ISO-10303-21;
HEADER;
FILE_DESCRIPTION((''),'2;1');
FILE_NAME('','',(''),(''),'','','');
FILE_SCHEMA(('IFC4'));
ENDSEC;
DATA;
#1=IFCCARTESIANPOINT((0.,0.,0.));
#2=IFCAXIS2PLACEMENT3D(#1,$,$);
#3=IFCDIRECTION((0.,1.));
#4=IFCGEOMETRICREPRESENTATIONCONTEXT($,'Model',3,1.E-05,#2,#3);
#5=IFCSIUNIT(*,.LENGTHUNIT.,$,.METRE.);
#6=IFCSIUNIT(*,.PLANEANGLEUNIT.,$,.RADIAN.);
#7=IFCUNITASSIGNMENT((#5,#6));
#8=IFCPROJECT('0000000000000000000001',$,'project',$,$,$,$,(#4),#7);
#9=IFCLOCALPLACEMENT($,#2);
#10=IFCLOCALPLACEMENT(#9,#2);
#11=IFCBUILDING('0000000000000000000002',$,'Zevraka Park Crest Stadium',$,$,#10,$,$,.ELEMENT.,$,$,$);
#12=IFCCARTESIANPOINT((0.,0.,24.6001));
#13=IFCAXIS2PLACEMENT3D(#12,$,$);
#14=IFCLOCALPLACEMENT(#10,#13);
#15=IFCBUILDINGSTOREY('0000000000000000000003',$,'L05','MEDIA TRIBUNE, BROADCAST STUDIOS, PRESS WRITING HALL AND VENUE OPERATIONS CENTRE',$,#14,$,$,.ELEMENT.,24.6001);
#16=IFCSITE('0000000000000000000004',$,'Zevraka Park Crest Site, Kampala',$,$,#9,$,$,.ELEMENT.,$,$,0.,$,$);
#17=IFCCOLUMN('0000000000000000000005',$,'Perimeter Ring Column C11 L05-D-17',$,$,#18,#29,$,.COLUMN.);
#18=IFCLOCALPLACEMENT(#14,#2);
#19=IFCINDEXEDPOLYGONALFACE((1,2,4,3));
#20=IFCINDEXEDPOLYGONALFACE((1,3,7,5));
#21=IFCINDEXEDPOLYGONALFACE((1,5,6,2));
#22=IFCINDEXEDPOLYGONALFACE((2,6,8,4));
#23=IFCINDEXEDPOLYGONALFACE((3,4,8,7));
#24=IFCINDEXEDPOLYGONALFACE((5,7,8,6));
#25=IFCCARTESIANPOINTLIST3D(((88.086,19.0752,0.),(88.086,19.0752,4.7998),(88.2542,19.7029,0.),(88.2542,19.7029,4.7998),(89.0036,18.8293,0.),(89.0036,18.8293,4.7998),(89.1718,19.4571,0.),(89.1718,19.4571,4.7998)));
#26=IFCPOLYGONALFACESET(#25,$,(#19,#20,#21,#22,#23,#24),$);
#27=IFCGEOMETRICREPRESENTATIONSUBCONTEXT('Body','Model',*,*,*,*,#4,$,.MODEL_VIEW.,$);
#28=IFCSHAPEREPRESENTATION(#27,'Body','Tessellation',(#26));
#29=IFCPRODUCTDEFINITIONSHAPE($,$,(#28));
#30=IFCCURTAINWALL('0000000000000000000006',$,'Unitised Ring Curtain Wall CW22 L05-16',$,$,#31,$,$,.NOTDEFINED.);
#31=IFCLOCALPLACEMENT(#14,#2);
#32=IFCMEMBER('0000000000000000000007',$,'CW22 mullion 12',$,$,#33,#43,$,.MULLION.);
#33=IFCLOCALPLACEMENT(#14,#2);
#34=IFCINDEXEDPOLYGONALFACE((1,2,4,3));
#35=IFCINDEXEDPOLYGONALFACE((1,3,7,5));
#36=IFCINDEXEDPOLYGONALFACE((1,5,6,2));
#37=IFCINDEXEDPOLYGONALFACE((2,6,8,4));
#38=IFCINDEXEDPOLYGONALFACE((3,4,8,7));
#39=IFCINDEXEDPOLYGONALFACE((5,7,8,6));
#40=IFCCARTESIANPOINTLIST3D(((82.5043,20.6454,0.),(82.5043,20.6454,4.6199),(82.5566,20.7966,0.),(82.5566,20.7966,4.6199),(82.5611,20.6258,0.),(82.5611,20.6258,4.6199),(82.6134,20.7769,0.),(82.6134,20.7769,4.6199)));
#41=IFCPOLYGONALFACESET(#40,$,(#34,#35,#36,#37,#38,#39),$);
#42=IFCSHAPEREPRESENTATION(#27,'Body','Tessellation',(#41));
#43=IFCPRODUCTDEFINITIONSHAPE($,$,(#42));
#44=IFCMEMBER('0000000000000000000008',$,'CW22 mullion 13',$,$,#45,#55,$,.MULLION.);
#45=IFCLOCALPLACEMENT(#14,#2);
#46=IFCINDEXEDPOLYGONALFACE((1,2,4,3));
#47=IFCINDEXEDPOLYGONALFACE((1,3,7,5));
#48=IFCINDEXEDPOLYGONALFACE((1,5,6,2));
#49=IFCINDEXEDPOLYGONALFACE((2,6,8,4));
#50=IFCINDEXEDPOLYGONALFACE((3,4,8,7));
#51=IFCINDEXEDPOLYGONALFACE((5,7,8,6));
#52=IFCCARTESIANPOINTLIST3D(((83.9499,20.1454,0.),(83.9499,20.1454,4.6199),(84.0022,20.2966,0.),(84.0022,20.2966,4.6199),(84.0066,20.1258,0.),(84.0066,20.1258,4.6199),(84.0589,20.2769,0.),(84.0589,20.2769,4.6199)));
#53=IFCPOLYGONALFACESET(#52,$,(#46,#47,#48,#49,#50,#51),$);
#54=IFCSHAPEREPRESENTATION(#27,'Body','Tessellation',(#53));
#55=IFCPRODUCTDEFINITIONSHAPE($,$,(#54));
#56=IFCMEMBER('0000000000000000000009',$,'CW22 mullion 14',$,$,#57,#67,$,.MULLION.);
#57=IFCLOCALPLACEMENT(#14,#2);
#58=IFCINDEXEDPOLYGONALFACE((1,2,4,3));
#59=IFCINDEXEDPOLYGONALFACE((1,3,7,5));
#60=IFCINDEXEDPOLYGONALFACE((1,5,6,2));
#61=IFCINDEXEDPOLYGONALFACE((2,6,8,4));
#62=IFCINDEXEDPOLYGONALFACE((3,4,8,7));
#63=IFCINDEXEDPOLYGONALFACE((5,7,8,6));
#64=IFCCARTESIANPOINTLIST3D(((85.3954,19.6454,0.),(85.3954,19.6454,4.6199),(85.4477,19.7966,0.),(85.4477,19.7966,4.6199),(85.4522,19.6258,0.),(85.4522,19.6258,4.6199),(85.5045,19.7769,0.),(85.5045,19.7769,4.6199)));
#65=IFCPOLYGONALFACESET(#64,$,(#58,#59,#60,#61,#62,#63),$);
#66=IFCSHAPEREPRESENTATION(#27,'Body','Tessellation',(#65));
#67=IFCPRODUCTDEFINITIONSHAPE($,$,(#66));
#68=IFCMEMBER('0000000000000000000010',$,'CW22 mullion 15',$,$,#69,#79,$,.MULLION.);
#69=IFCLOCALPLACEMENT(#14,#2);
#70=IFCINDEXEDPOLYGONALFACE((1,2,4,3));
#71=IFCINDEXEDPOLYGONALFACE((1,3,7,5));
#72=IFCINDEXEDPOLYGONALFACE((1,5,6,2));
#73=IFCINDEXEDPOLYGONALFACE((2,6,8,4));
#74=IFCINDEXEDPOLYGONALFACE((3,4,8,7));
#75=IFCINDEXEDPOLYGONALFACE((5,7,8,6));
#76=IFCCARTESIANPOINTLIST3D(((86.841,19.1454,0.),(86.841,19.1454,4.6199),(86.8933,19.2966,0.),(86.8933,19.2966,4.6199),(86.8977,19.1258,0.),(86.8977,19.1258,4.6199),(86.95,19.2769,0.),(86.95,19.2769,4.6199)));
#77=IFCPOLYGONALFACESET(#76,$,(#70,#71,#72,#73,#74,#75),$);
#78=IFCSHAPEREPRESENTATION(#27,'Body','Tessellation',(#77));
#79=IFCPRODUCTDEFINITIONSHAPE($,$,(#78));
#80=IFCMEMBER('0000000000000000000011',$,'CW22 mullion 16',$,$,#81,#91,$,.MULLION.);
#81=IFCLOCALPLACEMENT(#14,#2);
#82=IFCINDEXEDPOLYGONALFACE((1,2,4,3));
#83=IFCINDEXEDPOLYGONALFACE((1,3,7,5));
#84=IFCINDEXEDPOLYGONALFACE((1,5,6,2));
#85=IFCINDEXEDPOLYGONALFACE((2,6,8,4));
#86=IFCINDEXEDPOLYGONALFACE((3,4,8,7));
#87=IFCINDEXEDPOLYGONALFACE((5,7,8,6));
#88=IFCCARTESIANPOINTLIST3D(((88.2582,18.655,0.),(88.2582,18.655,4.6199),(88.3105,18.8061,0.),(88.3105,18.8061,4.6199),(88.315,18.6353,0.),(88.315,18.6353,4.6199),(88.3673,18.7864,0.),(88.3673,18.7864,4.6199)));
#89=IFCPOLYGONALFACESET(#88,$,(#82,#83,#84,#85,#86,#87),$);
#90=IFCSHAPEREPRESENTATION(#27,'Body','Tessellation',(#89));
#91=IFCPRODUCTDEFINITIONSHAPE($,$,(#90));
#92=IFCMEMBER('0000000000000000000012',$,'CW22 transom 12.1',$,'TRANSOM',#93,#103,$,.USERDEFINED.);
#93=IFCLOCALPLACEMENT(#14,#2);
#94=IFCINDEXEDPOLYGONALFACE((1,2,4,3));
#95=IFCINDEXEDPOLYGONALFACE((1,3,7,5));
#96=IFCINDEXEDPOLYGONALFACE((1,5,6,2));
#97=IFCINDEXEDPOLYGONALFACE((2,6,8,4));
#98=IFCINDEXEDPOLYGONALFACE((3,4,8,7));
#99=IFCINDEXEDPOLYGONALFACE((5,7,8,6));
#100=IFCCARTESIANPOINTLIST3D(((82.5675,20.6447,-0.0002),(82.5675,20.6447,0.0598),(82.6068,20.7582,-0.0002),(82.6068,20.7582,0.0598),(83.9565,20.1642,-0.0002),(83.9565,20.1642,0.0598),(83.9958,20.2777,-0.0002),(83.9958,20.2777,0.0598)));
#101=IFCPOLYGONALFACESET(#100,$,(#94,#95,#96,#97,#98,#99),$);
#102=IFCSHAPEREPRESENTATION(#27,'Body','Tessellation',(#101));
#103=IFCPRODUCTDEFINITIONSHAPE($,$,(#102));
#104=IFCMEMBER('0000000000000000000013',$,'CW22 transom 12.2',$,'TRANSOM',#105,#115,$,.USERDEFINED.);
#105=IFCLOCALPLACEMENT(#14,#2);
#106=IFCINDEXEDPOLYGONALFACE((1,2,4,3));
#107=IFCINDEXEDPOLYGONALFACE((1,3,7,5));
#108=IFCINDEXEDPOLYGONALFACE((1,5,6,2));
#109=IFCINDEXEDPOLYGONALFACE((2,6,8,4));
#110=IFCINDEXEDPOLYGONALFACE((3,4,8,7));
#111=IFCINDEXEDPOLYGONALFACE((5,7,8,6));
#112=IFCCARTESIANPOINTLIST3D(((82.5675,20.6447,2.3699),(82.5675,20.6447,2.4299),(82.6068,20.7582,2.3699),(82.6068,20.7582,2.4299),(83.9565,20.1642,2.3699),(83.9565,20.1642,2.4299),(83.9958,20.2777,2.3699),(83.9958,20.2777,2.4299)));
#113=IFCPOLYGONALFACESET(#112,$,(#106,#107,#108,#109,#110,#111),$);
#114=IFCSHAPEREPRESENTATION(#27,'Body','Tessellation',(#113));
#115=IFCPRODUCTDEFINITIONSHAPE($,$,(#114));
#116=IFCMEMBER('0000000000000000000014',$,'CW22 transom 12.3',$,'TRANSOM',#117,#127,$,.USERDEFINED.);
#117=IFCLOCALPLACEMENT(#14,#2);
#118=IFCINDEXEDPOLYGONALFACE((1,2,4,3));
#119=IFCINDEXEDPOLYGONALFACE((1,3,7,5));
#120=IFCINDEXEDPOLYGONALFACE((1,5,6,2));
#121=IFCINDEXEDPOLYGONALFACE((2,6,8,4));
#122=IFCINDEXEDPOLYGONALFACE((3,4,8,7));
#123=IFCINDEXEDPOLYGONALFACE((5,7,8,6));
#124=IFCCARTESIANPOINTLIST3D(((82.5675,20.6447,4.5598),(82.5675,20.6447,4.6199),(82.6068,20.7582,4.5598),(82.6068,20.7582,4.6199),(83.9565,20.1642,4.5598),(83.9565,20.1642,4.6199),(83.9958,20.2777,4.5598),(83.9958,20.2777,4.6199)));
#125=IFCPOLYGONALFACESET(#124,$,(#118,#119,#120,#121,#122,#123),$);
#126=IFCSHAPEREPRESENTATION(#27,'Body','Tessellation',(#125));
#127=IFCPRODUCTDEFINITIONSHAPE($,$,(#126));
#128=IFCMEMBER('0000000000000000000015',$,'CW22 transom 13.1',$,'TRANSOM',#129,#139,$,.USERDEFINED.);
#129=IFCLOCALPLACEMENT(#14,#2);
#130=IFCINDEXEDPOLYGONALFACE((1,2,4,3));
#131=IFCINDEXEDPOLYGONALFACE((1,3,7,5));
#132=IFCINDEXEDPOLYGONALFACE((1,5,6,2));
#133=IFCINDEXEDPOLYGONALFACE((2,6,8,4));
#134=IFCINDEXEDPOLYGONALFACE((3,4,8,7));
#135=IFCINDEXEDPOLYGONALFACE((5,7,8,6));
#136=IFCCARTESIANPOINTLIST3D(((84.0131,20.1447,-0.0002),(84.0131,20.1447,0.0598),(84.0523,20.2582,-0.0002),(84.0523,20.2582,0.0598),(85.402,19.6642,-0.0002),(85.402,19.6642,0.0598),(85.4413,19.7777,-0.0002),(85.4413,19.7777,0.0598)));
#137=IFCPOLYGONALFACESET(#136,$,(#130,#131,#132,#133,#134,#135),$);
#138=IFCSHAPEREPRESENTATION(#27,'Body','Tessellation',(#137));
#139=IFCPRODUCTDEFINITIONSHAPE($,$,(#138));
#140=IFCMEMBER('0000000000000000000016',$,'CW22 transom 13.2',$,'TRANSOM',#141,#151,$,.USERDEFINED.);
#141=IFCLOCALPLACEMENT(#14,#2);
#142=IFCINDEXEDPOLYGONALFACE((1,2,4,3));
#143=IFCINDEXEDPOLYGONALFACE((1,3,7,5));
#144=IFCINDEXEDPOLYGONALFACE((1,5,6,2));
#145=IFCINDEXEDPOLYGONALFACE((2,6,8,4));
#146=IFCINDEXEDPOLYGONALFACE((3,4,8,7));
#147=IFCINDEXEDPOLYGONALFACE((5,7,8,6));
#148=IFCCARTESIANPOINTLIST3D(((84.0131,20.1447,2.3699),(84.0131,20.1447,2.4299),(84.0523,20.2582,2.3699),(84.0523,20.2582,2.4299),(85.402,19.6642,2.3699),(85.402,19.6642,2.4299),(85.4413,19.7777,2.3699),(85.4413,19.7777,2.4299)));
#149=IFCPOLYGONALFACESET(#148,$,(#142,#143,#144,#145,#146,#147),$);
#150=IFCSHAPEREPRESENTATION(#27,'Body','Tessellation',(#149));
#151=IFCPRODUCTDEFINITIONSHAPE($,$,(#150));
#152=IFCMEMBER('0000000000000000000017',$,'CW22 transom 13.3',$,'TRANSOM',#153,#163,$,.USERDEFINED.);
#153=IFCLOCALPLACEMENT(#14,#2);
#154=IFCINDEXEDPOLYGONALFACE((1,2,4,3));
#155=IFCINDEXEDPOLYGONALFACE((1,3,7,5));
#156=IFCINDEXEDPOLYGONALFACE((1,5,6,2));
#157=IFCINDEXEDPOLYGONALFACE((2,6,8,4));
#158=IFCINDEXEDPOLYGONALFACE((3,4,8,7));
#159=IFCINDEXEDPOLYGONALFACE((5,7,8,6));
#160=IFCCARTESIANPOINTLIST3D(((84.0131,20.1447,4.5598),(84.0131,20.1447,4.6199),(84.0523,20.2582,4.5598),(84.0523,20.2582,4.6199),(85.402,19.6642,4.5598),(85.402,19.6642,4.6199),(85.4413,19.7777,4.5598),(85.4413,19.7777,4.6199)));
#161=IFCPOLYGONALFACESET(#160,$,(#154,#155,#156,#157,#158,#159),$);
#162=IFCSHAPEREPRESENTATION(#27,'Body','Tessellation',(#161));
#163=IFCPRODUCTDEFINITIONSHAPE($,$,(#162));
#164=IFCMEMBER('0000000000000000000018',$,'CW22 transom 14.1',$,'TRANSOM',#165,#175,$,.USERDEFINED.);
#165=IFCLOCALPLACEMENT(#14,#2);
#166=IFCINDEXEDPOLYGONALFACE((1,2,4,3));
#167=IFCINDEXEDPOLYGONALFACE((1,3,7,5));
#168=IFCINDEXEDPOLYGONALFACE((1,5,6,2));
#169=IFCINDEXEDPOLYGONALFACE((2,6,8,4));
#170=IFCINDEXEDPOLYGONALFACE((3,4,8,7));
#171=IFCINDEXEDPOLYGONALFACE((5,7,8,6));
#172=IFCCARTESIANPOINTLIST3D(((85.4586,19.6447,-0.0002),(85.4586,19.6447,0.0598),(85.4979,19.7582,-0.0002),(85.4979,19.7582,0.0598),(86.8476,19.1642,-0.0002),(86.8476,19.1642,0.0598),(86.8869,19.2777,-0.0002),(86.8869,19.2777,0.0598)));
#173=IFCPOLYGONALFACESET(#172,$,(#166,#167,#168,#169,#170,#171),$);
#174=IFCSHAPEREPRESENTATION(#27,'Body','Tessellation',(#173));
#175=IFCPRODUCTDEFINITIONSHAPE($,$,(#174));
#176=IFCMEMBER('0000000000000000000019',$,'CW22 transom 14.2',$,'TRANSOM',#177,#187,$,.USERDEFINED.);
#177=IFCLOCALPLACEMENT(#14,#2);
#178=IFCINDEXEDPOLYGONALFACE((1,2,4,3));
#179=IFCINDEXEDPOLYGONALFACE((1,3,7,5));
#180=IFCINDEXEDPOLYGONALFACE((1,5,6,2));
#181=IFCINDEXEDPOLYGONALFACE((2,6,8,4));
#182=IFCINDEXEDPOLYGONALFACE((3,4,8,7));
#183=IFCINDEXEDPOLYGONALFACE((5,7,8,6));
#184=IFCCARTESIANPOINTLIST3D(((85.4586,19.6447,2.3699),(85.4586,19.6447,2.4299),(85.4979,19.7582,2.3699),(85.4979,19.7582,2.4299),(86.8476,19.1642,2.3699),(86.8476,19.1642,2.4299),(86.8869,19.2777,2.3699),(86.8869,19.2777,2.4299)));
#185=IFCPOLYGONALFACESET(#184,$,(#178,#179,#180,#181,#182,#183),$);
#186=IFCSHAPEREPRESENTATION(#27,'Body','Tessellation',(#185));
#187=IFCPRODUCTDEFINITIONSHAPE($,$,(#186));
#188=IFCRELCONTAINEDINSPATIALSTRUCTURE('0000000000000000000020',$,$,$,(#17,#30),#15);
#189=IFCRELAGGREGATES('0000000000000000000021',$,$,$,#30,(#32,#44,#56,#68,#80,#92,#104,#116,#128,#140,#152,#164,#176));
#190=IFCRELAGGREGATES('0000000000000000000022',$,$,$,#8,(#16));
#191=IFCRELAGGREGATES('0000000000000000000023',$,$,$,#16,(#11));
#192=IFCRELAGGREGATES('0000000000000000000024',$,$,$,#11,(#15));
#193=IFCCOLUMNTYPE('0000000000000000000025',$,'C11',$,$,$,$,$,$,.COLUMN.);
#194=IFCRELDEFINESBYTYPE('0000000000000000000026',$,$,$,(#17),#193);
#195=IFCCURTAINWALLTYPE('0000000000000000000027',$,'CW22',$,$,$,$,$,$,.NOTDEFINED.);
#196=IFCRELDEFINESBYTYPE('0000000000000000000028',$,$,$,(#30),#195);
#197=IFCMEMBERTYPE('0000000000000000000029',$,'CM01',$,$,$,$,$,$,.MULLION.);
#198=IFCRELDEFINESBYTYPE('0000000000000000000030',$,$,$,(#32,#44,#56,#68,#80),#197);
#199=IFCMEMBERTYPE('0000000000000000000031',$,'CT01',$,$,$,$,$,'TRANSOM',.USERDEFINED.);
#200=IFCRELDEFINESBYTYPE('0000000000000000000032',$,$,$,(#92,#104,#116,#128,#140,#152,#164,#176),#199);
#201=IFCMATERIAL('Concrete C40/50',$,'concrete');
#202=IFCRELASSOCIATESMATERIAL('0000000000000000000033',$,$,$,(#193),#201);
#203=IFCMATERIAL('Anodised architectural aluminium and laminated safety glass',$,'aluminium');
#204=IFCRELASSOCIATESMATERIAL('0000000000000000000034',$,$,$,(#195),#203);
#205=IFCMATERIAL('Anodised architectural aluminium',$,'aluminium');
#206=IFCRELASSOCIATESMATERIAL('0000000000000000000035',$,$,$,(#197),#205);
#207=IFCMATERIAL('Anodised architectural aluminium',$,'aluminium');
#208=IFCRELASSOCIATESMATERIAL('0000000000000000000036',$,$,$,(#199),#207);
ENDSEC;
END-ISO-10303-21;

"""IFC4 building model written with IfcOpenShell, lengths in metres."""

from ifc_helpers import new_model, si_unit, direction, frame, origin, origin_2d, place, context, subcontext, project, spatial, rectangle, extrude, material, material_profile, profile_set, type_object, element, aggregate, save


model = new_model("IFC4")

# Units and contexts
model_context = context("Model", 3, precision=1e-05, world=origin(), true_north=direction((0.0, 1.0)))
body_context = subcontext(model_context, "Body", "Model", "MODEL_VIEW")
ifc_project = project(units=[si_unit("LENGTHUNIT", "METRE"), si_unit("PLANEANGLEUNIT", "RADIAN")], contexts=[model_context])

# Site, building, storey
site_placement = place(None, origin())
site = spatial("IfcSite", under=ifc_project, at=site_placement, Name="Zevraka Park Crest Site, Kampala", CompositionType="ELEMENT", RefElevation=0.0)
building_placement = place(site_placement, origin())
building = spatial("IfcBuilding", under=site, at=building_placement, Name="Zevraka Park Crest Stadium", CompositionType="ELEMENT")
storey_placement = place(building_placement, frame((0.0, 0.0, 24.6001)))
storey = spatial("IfcBuildingStorey", under=building, at=storey_placement, Name="L05", Description="MEDIA TRIBUNE, BROADCAST STUDIOS, PRESS WRITING HALL AND VENUE OPERATIONS CENTRE", CompositionType="ELEMENT", Elevation=24.6001)

# Column
ifc_material_1 = material(Name="Concrete C40/50", Category="concrete")
ifc_material_profile_1 = material_profile(ifc_material_1, rectangle(XDim=0.6499, YDim=0.95, at=origin_2d()), Name="RC 950x650")
ifc_profile_set_1 = profile_set([ifc_material_profile_1], Name="Concrete C40/50")
column_type = type_object("IfcColumnType", Name="C11", PredefinedType="COLUMN", material=ifc_profile_set_1)
column_placement = place(storey_placement, frame((88.6289, 19.2661, 0.0), z_axis=(0.0, 0.0, 1.0), x_axis=(0.258819, 0.965926, 0.0)))
element("IfcColumn", 1, at=column_placement, inside=storey, type_object=column_type, Name="Perimeter Ring Column C11 L05-D-17", PredefinedType="COLUMN", context=body_context, shape_type="SweptSolid", body=[
    extrude(rectangle(XDim=0.6499, YDim=0.95, at=origin_2d()), origin(), (0.0, 0.0, 1.0), 4.7998),
])

# Curtain wall, members
ifc_material_2 = material(Name="Anodised architectural aluminium and laminated safety glass", Category="aluminium")
curtain_wall_type = type_object("IfcCurtainWallType", Name="CW22", PredefinedType="NOTDEFINED", material=ifc_material_2)
curtain_wall_placement = place(storey_placement, origin())
curtain_wall = element("IfcCurtainWall", 2, at=curtain_wall_placement, inside=storey, type_object=curtain_wall_type, Name="Unitised Ring Curtain Wall CW22 L05-16", PredefinedType="NOTDEFINED")
ifc_material_3 = material(Name="Anodised architectural aluminium", Category="aluminium")
ifc_material_profile_2 = material_profile(ifc_material_3, rectangle(XDim=0.1599, YDim=0.0601, at=origin_2d()), Name="ALU MULLION 160x60")
ifc_profile_set_2 = profile_set([ifc_material_profile_2], Name="Anodised architectural aluminium")
member_type_1 = type_object("IfcMemberType", Name="CM01", PredefinedType="MULLION", material=ifc_profile_set_2)
member_1_placement = place(storey_placement, frame((82.5588, 20.7112, 0.0), z_axis=(0.0, 0.0, 1.0), x_axis=(0.326929, 0.945049, 0.0)))
member_1 = element("IfcMember", 3, at=member_1_placement, type_object=member_type_1, Name="CW22 mullion 12", PredefinedType="MULLION", context=body_context, shape_type="SweptSolid", body=[
    extrude(rectangle(XDim=0.1599, YDim=0.0601, at=origin_2d()), origin(), (0.0, 0.0, 1.0), 4.6199),
])
member_2_placement = place(storey_placement, frame((84.0044, 20.2112, 0.0), z_axis=(0.0, 0.0, 1.0), x_axis=(0.326929, 0.945049, 0.0)))
member_2 = element("IfcMember", 4, at=member_2_placement, type_object=member_type_1, Name="CW22 mullion 13", PredefinedType="MULLION", context=body_context, shape_type="SweptSolid", body=[
    extrude(rectangle(XDim=0.1599, YDim=0.0601, at=origin_2d()), origin(), (0.0, 0.0, 1.0), 4.6199),
])
member_3_placement = place(storey_placement, frame((85.45, 19.7112, 0.0), z_axis=(0.0, 0.0, 1.0), x_axis=(0.326929, 0.945049, 0.0)))
member_3 = element("IfcMember", 5, at=member_3_placement, type_object=member_type_1, Name="CW22 mullion 14", PredefinedType="MULLION", context=body_context, shape_type="SweptSolid", body=[
    extrude(rectangle(XDim=0.1599, YDim=0.0601, at=origin_2d()), origin(), (0.0, 0.0, 1.0), 4.6199),
])
member_4_placement = place(storey_placement, frame((86.8955, 19.2112, 0.0), z_axis=(0.0, 0.0, 1.0), x_axis=(0.326929, 0.945049, 0.0)))
member_4 = element("IfcMember", 6, at=member_4_placement, type_object=member_type_1, Name="CW22 mullion 15", PredefinedType="MULLION", context=body_context, shape_type="SweptSolid", body=[
    extrude(rectangle(XDim=0.1599, YDim=0.0601, at=origin_2d()), origin(), (0.0, 0.0, 1.0), 4.6199),
])
member_5_placement = place(storey_placement, frame((88.3127, 18.7207, 0.0), z_axis=(0.0, 0.0, 1.0), x_axis=(0.326929, 0.945049, 0.0)))
member_5 = element("IfcMember", 7, at=member_5_placement, type_object=member_type_1, Name="CW22 mullion 16", PredefinedType="MULLION", context=body_context, shape_type="SweptSolid", body=[
    extrude(rectangle(XDim=0.1599, YDim=0.0601, at=origin_2d()), origin(), (0.0, 0.0, 1.0), 4.6199),
])
ifc_material_4 = material(Name="Anodised architectural aluminium", Category="aluminium")
ifc_material_profile_3 = material_profile(ifc_material_4, rectangle(XDim=0.1201, YDim=0.0601, at=origin_2d()), Name="ALU TRANSOM 120x60")
ifc_profile_set_3 = profile_set([ifc_material_profile_3], Name="Anodised architectural aluminium")
member_type_2 = type_object("IfcMemberType", Name="CT01", ElementType="TRANSOM", PredefinedType="USERDEFINED", material=ifc_profile_set_3)
member_6_placement = place(storey_placement, frame((82.5872, 20.7014, 0.0298), z_axis=(0.945051, -0.326922, 0.0), x_axis=(0.326922, 0.945051, 0.0)))
member_6 = element("IfcMember", 8, at=member_6_placement, type_object=member_type_2, Name="CW22 transom 12.1", ObjectType="TRANSOM", PredefinedType="USERDEFINED", context=body_context, shape_type="SweptSolid", body=[
    extrude(rectangle(XDim=0.1201, YDim=0.0601, at=origin_2d()), origin(), (0.0, 0.0, 1.0), 1.4697),
])
member_7_placement = place(storey_placement, frame((82.5872, 20.7014, 2.3999), z_axis=(0.945051, -0.326922, 0.0), x_axis=(0.326922, 0.945051, 0.0)))
member_7 = element("IfcMember", 9, at=member_7_placement, type_object=member_type_2, Name="CW22 transom 12.2", ObjectType="TRANSOM", PredefinedType="USERDEFINED", context=body_context, shape_type="SweptSolid", body=[
    extrude(rectangle(XDim=0.1201, YDim=0.0601, at=origin_2d()), origin(), (0.0, 0.0, 1.0), 1.4697),
])
member_8_placement = place(storey_placement, frame((82.5872, 20.7014, 4.5898), z_axis=(0.945051, -0.326922, 0.0), x_axis=(0.326922, 0.945051, 0.0)))
member_8 = element("IfcMember", 10, at=member_8_placement, type_object=member_type_2, Name="CW22 transom 12.3", ObjectType="TRANSOM", PredefinedType="USERDEFINED", context=body_context, shape_type="SweptSolid", body=[
    extrude(rectangle(XDim=0.1201, YDim=0.0601, at=origin_2d()), origin(), (0.0, 0.0, 1.0), 1.4697),
])
member_9_placement = place(storey_placement, frame((84.0327, 20.2014, 0.0298), z_axis=(0.945051, -0.326922, 0.0), x_axis=(0.326922, 0.945051, 0.0)))
member_9 = element("IfcMember", 11, at=member_9_placement, type_object=member_type_2, Name="CW22 transom 13.1", ObjectType="TRANSOM", PredefinedType="USERDEFINED", context=body_context, shape_type="SweptSolid", body=[
    extrude(rectangle(XDim=0.1201, YDim=0.0601, at=origin_2d()), origin(), (0.0, 0.0, 1.0), 1.4697),
])
member_10_placement = place(storey_placement, frame((84.0327, 20.2014, 2.3999), z_axis=(0.945051, -0.326922, 0.0), x_axis=(0.326922, 0.945051, 0.0)))
member_10 = element("IfcMember", 12, at=member_10_placement, type_object=member_type_2, Name="CW22 transom 13.2", ObjectType="TRANSOM", PredefinedType="USERDEFINED", context=body_context, shape_type="SweptSolid", body=[
    extrude(rectangle(XDim=0.1201, YDim=0.0601, at=origin_2d()), origin(), (0.0, 0.0, 1.0), 1.4697),
])
member_11_placement = place(storey_placement, frame((84.0327, 20.2014, 4.5898), z_axis=(0.945051, -0.326922, 0.0), x_axis=(0.326922, 0.945051, 0.0)))
member_11 = element("IfcMember", 13, at=member_11_placement, type_object=member_type_2, Name="CW22 transom 13.3", ObjectType="TRANSOM", PredefinedType="USERDEFINED", context=body_context, shape_type="SweptSolid", body=[
    extrude(rectangle(XDim=0.1201, YDim=0.0601, at=origin_2d()), origin(), (0.0, 0.0, 1.0), 1.4697),
])
member_12_placement = place(storey_placement, frame((85.4783, 19.7014, 0.0298), z_axis=(0.945051, -0.326922, 0.0), x_axis=(0.326922, 0.945051, 0.0)))
member_12 = element("IfcMember", 14, at=member_12_placement, type_object=member_type_2, Name="CW22 transom 14.1", ObjectType="TRANSOM", PredefinedType="USERDEFINED", context=body_context, shape_type="SweptSolid", body=[
    extrude(rectangle(XDim=0.1201, YDim=0.0601, at=origin_2d()), origin(), (0.0, 0.0, 1.0), 1.4697),
])
member_13_placement = place(storey_placement, frame((85.4783, 19.7014, 2.3999), z_axis=(0.945051, -0.326922, 0.0), x_axis=(0.326922, 0.945051, 0.0)))
member_13 = element("IfcMember", 15, at=member_13_placement, type_object=member_type_2, Name="CW22 transom 14.2", ObjectType="TRANSOM", PredefinedType="USERDEFINED", context=body_context, shape_type="SweptSolid", body=[
    extrude(rectangle(XDim=0.1201, YDim=0.0601, at=origin_2d()), origin(), (0.0, 0.0, 1.0), 1.4697),
])
aggregate(curtain_wall, [member_1, member_2, member_3, member_4, member_5, member_6, member_7, member_8, member_9, member_10, member_11, member_12, member_13])

save(model, "model.ifc")
